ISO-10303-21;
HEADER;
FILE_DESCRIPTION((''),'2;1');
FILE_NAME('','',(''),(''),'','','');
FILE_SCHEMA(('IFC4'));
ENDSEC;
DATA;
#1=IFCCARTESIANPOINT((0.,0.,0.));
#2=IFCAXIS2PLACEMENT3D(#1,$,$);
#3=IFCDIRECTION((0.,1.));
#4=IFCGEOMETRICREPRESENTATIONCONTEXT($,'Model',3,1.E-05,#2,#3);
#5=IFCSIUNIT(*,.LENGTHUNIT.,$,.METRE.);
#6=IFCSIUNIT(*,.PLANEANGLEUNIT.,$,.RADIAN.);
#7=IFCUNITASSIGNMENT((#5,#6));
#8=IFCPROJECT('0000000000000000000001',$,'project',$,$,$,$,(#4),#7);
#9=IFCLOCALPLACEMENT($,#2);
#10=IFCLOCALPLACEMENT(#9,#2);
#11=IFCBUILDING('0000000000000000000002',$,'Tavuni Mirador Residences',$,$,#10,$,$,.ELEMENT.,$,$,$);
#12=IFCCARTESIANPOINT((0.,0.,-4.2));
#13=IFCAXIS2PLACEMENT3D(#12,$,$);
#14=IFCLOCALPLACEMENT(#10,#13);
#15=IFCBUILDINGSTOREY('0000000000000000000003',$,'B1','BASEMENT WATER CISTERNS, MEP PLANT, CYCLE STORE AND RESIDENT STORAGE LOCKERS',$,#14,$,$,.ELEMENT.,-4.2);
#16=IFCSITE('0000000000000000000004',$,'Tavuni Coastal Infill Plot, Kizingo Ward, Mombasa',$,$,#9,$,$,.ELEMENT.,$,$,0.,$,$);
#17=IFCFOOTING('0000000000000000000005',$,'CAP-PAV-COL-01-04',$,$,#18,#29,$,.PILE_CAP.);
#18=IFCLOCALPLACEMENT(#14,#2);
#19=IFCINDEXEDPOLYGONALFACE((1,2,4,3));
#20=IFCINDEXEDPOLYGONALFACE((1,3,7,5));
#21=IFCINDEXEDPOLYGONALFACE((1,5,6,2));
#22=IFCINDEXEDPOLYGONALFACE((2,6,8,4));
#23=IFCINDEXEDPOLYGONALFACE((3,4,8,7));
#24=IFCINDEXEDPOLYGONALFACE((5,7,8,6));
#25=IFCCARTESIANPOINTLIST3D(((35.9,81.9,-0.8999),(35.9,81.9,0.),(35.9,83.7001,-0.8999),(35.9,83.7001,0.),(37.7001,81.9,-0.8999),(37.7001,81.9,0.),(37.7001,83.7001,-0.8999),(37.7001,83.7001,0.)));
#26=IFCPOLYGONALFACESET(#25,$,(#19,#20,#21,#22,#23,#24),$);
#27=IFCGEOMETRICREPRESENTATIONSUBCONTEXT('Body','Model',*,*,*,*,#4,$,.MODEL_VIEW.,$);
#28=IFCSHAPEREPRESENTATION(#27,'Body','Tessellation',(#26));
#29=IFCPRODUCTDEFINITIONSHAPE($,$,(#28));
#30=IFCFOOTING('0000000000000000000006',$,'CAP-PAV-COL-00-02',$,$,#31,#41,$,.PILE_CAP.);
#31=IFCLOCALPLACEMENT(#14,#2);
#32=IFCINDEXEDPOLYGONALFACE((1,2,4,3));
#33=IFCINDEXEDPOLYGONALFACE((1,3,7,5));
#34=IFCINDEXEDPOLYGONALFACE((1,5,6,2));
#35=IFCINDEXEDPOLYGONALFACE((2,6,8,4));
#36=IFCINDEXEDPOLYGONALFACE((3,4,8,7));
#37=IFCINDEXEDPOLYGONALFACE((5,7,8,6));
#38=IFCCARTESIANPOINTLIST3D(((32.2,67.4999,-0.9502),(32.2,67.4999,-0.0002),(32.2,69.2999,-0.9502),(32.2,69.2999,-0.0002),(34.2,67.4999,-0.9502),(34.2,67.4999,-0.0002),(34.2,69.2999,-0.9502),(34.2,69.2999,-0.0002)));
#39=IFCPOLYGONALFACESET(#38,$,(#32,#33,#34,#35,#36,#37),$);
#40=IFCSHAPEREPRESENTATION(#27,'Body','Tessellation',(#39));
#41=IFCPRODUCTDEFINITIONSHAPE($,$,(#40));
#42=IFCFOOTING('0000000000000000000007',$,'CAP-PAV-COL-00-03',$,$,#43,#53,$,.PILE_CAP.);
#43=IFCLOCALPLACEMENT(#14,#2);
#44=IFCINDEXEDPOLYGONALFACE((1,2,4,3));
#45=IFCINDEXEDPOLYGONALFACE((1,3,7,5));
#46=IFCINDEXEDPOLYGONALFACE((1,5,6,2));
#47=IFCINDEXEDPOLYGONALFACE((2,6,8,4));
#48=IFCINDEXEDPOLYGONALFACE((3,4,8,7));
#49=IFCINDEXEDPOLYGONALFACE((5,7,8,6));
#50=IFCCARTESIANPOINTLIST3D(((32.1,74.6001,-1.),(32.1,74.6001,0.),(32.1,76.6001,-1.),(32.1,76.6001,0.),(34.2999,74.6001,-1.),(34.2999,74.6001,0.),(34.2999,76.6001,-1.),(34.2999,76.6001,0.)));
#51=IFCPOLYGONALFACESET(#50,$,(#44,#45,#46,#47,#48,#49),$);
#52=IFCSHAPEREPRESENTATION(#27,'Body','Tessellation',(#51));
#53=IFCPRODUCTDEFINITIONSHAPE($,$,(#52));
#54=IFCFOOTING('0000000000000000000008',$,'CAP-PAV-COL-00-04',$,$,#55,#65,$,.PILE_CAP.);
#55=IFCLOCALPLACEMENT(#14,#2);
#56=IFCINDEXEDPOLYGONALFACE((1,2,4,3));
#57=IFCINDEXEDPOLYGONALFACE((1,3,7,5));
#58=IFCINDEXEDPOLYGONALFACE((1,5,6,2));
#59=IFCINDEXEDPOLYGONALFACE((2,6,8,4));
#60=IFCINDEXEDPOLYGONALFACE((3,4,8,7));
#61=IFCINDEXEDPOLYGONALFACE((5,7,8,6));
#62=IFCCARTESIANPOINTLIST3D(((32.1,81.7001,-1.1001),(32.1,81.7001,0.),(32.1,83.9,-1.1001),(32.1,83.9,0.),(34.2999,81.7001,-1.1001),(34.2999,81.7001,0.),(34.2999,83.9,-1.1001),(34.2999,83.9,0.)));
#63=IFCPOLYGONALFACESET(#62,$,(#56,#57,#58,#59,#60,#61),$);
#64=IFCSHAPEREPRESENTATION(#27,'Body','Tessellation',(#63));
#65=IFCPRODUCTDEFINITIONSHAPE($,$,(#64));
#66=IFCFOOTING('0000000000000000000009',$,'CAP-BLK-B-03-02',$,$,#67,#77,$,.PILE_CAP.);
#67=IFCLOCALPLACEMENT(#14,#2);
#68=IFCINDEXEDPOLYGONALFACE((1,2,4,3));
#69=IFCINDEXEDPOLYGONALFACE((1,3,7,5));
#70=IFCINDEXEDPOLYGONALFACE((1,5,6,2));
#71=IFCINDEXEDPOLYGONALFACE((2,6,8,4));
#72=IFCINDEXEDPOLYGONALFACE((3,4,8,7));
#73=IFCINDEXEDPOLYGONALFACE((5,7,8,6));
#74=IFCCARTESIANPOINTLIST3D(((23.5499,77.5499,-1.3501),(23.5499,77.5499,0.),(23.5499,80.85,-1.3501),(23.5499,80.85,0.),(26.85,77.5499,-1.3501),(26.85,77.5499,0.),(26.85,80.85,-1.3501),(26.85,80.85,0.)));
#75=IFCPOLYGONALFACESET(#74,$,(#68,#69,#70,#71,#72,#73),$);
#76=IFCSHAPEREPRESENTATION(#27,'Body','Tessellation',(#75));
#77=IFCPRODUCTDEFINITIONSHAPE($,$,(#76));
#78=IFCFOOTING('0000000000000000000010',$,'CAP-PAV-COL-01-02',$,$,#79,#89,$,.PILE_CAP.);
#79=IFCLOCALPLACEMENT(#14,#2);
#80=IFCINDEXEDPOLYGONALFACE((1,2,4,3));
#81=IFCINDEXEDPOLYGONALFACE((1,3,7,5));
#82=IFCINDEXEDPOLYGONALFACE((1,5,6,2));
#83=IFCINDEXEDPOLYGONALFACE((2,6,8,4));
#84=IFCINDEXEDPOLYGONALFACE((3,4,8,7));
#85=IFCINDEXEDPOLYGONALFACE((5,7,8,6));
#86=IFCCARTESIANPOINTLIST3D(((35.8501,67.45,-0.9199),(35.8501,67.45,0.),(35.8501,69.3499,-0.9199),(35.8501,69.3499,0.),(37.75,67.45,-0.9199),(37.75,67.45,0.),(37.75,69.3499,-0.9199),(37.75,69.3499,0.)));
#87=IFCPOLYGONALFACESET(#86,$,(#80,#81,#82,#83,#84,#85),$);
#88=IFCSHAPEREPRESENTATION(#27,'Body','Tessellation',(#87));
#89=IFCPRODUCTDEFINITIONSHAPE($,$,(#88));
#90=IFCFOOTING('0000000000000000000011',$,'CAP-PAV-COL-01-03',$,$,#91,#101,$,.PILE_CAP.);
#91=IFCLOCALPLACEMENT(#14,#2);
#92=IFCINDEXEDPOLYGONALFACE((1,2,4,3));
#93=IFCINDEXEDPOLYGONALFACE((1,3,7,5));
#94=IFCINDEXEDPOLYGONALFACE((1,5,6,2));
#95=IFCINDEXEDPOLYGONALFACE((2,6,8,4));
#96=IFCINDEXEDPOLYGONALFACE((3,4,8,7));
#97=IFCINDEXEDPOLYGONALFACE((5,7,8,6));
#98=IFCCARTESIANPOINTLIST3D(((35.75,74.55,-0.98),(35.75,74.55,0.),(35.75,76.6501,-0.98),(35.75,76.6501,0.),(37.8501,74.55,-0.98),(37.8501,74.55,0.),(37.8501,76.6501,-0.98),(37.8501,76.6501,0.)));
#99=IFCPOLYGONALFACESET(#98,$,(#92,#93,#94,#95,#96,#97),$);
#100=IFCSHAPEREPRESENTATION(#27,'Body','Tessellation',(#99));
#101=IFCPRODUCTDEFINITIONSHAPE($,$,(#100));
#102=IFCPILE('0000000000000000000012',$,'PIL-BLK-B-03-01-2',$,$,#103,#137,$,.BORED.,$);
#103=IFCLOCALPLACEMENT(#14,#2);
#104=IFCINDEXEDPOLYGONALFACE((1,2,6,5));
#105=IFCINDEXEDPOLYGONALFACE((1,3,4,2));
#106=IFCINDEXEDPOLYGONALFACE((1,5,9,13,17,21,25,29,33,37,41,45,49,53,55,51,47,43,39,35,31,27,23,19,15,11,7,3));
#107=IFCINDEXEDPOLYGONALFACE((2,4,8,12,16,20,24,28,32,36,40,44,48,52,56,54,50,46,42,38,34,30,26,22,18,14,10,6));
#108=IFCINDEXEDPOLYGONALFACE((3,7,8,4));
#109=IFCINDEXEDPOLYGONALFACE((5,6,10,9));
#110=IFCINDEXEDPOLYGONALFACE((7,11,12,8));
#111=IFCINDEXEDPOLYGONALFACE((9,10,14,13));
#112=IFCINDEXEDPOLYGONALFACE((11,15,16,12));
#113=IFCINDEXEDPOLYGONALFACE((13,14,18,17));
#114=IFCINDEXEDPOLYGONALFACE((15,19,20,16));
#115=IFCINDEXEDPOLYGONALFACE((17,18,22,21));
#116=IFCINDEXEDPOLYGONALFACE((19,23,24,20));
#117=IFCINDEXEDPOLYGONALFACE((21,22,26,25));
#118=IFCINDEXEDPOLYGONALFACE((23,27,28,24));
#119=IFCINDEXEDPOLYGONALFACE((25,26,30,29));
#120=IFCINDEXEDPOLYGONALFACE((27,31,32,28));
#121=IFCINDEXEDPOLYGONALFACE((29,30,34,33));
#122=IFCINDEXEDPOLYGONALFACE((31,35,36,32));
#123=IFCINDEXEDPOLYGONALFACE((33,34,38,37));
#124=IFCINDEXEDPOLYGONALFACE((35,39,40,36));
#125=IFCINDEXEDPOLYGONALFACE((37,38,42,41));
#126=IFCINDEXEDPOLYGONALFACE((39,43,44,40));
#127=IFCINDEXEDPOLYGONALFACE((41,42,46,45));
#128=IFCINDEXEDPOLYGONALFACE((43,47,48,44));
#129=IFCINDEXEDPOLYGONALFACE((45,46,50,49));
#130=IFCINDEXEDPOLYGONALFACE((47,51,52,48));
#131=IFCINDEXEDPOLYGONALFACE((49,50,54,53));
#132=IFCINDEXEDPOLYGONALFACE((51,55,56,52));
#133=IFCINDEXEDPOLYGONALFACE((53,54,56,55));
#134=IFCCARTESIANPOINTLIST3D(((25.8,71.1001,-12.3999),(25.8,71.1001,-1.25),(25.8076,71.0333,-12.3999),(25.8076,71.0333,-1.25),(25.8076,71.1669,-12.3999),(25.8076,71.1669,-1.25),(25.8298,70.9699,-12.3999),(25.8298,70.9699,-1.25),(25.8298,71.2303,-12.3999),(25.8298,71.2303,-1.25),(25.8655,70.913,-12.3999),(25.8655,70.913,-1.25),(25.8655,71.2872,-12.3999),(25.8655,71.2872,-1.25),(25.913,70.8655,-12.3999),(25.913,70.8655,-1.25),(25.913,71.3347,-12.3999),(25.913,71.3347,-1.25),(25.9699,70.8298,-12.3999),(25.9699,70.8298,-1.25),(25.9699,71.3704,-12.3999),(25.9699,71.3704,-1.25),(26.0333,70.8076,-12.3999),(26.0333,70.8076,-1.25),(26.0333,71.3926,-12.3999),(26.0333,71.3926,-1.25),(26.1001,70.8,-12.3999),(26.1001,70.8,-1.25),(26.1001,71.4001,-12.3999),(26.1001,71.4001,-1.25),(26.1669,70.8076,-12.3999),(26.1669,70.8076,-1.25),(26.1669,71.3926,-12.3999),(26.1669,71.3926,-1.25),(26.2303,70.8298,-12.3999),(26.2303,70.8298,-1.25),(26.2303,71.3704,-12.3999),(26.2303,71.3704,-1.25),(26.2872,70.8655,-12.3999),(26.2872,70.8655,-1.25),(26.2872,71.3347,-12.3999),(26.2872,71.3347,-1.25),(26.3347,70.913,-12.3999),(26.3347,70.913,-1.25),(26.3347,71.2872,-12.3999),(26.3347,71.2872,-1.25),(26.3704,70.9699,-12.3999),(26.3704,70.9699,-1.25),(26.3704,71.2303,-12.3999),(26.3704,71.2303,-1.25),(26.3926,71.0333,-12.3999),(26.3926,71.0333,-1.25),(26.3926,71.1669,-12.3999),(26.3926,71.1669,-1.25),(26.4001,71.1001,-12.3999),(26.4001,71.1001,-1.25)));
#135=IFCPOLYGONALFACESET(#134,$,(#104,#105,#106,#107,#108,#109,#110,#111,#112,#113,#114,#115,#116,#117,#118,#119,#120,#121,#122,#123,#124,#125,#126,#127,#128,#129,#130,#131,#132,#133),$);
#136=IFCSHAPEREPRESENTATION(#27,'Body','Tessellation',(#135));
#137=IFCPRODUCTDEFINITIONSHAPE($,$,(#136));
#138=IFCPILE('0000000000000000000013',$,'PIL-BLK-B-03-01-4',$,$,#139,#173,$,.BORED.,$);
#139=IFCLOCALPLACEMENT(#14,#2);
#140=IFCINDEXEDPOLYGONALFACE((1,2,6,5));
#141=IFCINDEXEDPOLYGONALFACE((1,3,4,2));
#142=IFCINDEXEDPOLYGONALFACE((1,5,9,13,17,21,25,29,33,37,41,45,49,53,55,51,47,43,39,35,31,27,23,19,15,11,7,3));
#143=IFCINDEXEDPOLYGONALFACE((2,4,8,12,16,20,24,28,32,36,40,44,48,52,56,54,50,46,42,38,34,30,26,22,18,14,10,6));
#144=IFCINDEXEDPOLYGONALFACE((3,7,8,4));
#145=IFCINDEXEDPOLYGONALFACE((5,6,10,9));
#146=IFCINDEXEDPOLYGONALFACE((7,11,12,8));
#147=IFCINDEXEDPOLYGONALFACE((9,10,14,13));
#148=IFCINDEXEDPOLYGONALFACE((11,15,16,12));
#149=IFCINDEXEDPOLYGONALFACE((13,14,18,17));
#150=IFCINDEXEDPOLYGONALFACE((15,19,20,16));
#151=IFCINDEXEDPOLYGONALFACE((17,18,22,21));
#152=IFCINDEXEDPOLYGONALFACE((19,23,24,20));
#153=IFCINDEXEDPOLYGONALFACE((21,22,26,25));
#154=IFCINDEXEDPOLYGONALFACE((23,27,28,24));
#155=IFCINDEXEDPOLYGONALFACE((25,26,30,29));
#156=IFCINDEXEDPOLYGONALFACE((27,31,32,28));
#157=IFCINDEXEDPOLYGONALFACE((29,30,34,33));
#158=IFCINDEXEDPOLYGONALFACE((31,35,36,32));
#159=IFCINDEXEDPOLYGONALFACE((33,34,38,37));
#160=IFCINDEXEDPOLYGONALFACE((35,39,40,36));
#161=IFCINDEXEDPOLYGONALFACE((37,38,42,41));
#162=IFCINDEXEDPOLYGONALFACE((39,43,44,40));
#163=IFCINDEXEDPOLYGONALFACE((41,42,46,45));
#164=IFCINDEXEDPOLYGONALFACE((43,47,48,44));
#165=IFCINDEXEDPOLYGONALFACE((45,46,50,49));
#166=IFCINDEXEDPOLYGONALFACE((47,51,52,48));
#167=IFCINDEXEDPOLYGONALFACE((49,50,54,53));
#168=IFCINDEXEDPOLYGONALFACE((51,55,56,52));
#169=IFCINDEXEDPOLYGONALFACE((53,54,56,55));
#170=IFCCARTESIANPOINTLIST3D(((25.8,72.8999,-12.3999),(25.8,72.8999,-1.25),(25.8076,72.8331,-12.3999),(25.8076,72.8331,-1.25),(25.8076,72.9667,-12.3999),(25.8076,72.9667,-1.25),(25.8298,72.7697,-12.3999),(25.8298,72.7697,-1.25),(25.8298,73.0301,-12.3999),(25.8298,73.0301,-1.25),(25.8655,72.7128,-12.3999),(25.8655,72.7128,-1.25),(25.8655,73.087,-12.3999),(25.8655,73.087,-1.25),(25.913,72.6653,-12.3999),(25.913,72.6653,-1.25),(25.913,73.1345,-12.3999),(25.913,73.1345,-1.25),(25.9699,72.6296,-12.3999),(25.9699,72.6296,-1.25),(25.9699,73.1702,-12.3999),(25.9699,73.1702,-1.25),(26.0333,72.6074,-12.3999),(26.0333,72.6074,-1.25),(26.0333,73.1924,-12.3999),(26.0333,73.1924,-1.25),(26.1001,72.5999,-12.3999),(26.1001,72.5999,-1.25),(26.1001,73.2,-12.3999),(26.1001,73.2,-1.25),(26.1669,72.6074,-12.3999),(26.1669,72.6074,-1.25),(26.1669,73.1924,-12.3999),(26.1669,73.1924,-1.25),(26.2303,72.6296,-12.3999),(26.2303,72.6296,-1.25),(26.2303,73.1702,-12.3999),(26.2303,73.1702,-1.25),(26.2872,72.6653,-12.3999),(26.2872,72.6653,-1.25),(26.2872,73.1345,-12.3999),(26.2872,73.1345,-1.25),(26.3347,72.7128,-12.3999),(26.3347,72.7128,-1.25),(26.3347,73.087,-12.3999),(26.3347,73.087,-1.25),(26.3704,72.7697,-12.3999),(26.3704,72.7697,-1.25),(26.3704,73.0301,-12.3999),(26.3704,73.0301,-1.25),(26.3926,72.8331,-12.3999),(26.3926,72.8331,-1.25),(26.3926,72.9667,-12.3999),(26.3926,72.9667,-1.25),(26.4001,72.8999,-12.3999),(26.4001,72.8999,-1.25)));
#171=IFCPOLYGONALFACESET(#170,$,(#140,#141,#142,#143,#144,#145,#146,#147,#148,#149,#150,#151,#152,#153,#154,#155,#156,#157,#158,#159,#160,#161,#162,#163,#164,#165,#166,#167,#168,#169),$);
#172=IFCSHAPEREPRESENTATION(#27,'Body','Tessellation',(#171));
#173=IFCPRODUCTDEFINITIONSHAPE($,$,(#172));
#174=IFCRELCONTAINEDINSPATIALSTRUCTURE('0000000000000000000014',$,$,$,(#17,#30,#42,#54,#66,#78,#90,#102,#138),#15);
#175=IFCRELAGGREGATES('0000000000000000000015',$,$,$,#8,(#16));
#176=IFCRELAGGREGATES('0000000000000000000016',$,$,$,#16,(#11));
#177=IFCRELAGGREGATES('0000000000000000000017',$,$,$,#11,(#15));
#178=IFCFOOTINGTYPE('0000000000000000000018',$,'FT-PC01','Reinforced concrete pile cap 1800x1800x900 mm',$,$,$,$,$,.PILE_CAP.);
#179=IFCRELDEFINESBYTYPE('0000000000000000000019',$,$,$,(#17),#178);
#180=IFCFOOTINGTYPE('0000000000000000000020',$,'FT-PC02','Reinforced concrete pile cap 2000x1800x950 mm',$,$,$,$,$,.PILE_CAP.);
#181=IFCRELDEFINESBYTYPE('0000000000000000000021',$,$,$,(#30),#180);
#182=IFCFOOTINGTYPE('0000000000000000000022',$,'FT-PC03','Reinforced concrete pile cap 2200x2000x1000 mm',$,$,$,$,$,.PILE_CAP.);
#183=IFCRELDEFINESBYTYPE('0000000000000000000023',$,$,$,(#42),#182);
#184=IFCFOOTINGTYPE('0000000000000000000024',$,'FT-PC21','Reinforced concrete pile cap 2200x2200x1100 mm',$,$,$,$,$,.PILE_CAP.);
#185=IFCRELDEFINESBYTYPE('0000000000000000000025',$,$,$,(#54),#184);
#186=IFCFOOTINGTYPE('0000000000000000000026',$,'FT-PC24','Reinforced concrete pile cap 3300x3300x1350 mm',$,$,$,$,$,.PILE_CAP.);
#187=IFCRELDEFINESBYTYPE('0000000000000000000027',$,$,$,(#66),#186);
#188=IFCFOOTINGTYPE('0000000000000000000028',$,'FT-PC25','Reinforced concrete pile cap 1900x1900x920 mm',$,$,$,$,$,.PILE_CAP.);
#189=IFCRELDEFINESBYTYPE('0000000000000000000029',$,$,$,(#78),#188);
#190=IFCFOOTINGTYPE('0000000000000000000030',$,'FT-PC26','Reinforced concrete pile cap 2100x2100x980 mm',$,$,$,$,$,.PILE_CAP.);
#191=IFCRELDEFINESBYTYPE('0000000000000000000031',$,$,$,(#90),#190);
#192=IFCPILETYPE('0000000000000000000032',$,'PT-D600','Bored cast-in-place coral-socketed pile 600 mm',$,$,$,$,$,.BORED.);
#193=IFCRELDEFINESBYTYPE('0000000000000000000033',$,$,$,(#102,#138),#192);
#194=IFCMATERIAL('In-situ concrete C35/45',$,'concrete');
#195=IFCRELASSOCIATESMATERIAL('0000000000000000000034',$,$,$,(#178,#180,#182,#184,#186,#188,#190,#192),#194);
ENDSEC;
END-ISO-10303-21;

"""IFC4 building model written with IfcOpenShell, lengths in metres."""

from ifc_helpers import new_model, si_unit, direction, frame, origin, origin_2d, place, context, subcontext, project, spatial, rectangle, circle, extrude, material, material_profile, profile_set, type_object, element, save


model = new_model("IFC4")

# Units and contexts
model_context = context("Model", 3, precision=1e-05, world=origin(), true_north=direction((0.0, 1.0)))
body_context = subcontext(model_context, "Body", "Model", "MODEL_VIEW")
ifc_project = project(units=[si_unit("LENGTHUNIT", "METRE"), si_unit("PLANEANGLEUNIT", "RADIAN")], contexts=[model_context])

# Site, building, storey
site_placement = place(None, origin())
site = spatial("IfcSite", under=ifc_project, at=site_placement, Name="Tavuni Coastal Infill Plot, Kizingo Ward, Mombasa", CompositionType="ELEMENT", RefElevation=0.0)
building_placement = place(site_placement, origin())
building = spatial("IfcBuilding", under=site, at=building_placement, Name="Tavuni Mirador Residences", CompositionType="ELEMENT")
storey_placement = place(building_placement, frame((0.0, 0.0, -4.2)))
storey = spatial("IfcBuildingStorey", under=building, at=storey_placement, Name="B1", Description="BASEMENT WATER CISTERNS, MEP PLANT, CYCLE STORE AND RESIDENT STORAGE LOCKERS", CompositionType="ELEMENT", Elevation=-4.2)

# Footings
ifc_material_1 = material(Name="In-situ concrete C35/45", Category="concrete")
footing_type_1 = type_object("IfcFootingType", Name="FT-PC01", Description="Reinforced concrete pile cap 1800x1800x900 mm", PredefinedType="PILE_CAP", material=ifc_material_1)
footing_1_placement = place(storey_placement, frame((36.8, 82.8, -0.8999), z_axis=(0.0, 0.0, 1.0), x_axis=(1.0, 0.0, 0.0)))
element("IfcFooting", 1, at=footing_1_placement, inside=storey, type_object=footing_type_1, Name="CAP-PAV-COL-01-04", PredefinedType="PILE_CAP", context=body_context, shape_type="SweptSolid", body=[
    extrude(rectangle(XDim=1.8, YDim=1.8, at=origin_2d()), origin(), (0.0, 0.0, 1.0), 0.8999),
])
footing_type_2 = type_object("IfcFootingType", Name="FT-PC02", Description="Reinforced concrete pile cap 2000x1800x950 mm", PredefinedType="PILE_CAP", material=ifc_material_1)
footing_2_placement = place(storey_placement, frame((33.2, 68.3999, -0.9502), z_axis=(0.0, 0.0, 1.0), x_axis=(1.0, 0.0, 0.0)))
element("IfcFooting", 2, at=footing_2_placement, inside=storey, type_object=footing_type_2, Name="CAP-PAV-COL-00-02", PredefinedType="PILE_CAP", context=body_context, shape_type="SweptSolid", body=[
    extrude(rectangle(XDim=2.0, YDim=1.8, at=origin_2d()), origin(), (0.0, 0.0, 1.0), 0.95),
])
footing_type_3 = type_object("IfcFootingType", Name="FT-PC03", Description="Reinforced concrete pile cap 2200x2000x1000 mm", PredefinedType="PILE_CAP", material=ifc_material_1)
footing_3_placement = place(storey_placement, frame((33.2, 75.6001, -1.0), z_axis=(0.0, 0.0, 1.0), x_axis=(1.0, 0.0, 0.0)))
element("IfcFooting", 3, at=footing_3_placement, inside=storey, type_object=footing_type_3, Name="CAP-PAV-COL-00-03", PredefinedType="PILE_CAP", context=body_context, shape_type="SweptSolid", body=[
    extrude(rectangle(XDim=2.2, YDim=2.0, at=origin_2d()), origin(), (0.0, 0.0, 1.0), 1.0),
])
footing_type_4 = type_object("IfcFootingType", Name="FT-PC21", Description="Reinforced concrete pile cap 2200x2200x1100 mm", PredefinedType="PILE_CAP", material=ifc_material_1)
footing_4_placement = place(storey_placement, frame((33.2, 82.8, -1.1001), z_axis=(0.0, 0.0, 1.0), x_axis=(1.0, 0.0, 0.0)))
element("IfcFooting", 4, at=footing_4_placement, inside=storey, type_object=footing_type_4, Name="CAP-PAV-COL-00-04", PredefinedType="PILE_CAP", context=body_context, shape_type="SweptSolid", body=[
    extrude(rectangle(XDim=2.2, YDim=2.2, at=origin_2d()), origin(), (0.0, 0.0, 1.0), 1.1001),
])
footing_type_5 = type_object("IfcFootingType", Name="FT-PC24", Description="Reinforced concrete pile cap 3300x3300x1350 mm", PredefinedType="PILE_CAP", material=ifc_material_1)
footing_5_placement = place(storey_placement, frame((25.2, 79.2, -1.3501), z_axis=(0.0, 0.0, 1.0), x_axis=(1.0, 0.0, 0.0)))
element("IfcFooting", 5, at=footing_5_placement, inside=storey, type_object=footing_type_5, Name="CAP-BLK-B-03-02", PredefinedType="PILE_CAP", context=body_context, shape_type="SweptSolid", body=[
    extrude(rectangle(XDim=3.3, YDim=3.3, at=origin_2d()), origin(), (0.0, 0.0, 1.0), 1.3501),
])
footing_type_6 = type_object("IfcFootingType", Name="FT-PC25", Description="Reinforced concrete pile cap 1900x1900x920 mm", PredefinedType="PILE_CAP", material=ifc_material_1)
footing_6_placement = place(storey_placement, frame((36.8, 68.3999, -0.9199), z_axis=(0.0, 0.0, 1.0), x_axis=(1.0, 0.0, 0.0)))
element("IfcFooting", 6, at=footing_6_placement, inside=storey, type_object=footing_type_6, Name="CAP-PAV-COL-01-02", PredefinedType="PILE_CAP", context=body_context, shape_type="SweptSolid", body=[
    extrude(rectangle(XDim=1.8999, YDim=1.8999, at=origin_2d()), origin(), (0.0, 0.0, 1.0), 0.9199),
])
footing_type_7 = type_object("IfcFootingType", Name="FT-PC26", Description="Reinforced concrete pile cap 2100x2100x980 mm", PredefinedType="PILE_CAP", material=ifc_material_1)
footing_7_placement = place(storey_placement, frame((36.8, 75.6001, -0.98), z_axis=(0.0, 0.0, 1.0), x_axis=(1.0, 0.0, 0.0)))
element("IfcFooting", 7, at=footing_7_placement, inside=storey, type_object=footing_type_7, Name="CAP-PAV-COL-01-03", PredefinedType="PILE_CAP", context=body_context, shape_type="SweptSolid", body=[
    extrude(rectangle(XDim=2.1001, YDim=2.1001, at=origin_2d()), origin(), (0.0, 0.0, 1.0), 0.98),
])

# Piles
ifc_material_profile_1 = material_profile(ifc_material_1, circle(Radius=0.3, at=origin_2d()), Name="PILE D600", Category="concrete")
ifc_profile_set_1 = profile_set([ifc_material_profile_1], Name="In-situ concrete C35/45")
pile_type_1 = type_object("IfcPileType", Name="PT-D600", Description="Bored cast-in-place coral-socketed pile 600 mm", PredefinedType="BORED", material=ifc_profile_set_1)
for number, where, z_axis, x_axis, name in (
    (8, (26.1001, 71.1001, -1.25), (0.0, 0.0, -1.0), (1.0, 0.0, 0.0), "PIL-BLK-B-03-01-2"),
    (9, (26.1001, 72.8999, -1.25), (0.0, 0.0, -1.0), (1.0, 0.0, 0.0), "PIL-BLK-B-03-01-4"),
):
    element("IfcPile", number, at=place(storey_placement, frame(where, z_axis=z_axis, x_axis=x_axis)), inside=storey, type_object=pile_type_1, Name=name, PredefinedType="BORED", context=body_context, shape_type="SweptSolid", body=[
        extrude(circle(Radius=0.3, at=origin_2d()), origin(), (0.0, 0.0, 1.0), 11.1499),
    ])

save(model, "model.ifc")
